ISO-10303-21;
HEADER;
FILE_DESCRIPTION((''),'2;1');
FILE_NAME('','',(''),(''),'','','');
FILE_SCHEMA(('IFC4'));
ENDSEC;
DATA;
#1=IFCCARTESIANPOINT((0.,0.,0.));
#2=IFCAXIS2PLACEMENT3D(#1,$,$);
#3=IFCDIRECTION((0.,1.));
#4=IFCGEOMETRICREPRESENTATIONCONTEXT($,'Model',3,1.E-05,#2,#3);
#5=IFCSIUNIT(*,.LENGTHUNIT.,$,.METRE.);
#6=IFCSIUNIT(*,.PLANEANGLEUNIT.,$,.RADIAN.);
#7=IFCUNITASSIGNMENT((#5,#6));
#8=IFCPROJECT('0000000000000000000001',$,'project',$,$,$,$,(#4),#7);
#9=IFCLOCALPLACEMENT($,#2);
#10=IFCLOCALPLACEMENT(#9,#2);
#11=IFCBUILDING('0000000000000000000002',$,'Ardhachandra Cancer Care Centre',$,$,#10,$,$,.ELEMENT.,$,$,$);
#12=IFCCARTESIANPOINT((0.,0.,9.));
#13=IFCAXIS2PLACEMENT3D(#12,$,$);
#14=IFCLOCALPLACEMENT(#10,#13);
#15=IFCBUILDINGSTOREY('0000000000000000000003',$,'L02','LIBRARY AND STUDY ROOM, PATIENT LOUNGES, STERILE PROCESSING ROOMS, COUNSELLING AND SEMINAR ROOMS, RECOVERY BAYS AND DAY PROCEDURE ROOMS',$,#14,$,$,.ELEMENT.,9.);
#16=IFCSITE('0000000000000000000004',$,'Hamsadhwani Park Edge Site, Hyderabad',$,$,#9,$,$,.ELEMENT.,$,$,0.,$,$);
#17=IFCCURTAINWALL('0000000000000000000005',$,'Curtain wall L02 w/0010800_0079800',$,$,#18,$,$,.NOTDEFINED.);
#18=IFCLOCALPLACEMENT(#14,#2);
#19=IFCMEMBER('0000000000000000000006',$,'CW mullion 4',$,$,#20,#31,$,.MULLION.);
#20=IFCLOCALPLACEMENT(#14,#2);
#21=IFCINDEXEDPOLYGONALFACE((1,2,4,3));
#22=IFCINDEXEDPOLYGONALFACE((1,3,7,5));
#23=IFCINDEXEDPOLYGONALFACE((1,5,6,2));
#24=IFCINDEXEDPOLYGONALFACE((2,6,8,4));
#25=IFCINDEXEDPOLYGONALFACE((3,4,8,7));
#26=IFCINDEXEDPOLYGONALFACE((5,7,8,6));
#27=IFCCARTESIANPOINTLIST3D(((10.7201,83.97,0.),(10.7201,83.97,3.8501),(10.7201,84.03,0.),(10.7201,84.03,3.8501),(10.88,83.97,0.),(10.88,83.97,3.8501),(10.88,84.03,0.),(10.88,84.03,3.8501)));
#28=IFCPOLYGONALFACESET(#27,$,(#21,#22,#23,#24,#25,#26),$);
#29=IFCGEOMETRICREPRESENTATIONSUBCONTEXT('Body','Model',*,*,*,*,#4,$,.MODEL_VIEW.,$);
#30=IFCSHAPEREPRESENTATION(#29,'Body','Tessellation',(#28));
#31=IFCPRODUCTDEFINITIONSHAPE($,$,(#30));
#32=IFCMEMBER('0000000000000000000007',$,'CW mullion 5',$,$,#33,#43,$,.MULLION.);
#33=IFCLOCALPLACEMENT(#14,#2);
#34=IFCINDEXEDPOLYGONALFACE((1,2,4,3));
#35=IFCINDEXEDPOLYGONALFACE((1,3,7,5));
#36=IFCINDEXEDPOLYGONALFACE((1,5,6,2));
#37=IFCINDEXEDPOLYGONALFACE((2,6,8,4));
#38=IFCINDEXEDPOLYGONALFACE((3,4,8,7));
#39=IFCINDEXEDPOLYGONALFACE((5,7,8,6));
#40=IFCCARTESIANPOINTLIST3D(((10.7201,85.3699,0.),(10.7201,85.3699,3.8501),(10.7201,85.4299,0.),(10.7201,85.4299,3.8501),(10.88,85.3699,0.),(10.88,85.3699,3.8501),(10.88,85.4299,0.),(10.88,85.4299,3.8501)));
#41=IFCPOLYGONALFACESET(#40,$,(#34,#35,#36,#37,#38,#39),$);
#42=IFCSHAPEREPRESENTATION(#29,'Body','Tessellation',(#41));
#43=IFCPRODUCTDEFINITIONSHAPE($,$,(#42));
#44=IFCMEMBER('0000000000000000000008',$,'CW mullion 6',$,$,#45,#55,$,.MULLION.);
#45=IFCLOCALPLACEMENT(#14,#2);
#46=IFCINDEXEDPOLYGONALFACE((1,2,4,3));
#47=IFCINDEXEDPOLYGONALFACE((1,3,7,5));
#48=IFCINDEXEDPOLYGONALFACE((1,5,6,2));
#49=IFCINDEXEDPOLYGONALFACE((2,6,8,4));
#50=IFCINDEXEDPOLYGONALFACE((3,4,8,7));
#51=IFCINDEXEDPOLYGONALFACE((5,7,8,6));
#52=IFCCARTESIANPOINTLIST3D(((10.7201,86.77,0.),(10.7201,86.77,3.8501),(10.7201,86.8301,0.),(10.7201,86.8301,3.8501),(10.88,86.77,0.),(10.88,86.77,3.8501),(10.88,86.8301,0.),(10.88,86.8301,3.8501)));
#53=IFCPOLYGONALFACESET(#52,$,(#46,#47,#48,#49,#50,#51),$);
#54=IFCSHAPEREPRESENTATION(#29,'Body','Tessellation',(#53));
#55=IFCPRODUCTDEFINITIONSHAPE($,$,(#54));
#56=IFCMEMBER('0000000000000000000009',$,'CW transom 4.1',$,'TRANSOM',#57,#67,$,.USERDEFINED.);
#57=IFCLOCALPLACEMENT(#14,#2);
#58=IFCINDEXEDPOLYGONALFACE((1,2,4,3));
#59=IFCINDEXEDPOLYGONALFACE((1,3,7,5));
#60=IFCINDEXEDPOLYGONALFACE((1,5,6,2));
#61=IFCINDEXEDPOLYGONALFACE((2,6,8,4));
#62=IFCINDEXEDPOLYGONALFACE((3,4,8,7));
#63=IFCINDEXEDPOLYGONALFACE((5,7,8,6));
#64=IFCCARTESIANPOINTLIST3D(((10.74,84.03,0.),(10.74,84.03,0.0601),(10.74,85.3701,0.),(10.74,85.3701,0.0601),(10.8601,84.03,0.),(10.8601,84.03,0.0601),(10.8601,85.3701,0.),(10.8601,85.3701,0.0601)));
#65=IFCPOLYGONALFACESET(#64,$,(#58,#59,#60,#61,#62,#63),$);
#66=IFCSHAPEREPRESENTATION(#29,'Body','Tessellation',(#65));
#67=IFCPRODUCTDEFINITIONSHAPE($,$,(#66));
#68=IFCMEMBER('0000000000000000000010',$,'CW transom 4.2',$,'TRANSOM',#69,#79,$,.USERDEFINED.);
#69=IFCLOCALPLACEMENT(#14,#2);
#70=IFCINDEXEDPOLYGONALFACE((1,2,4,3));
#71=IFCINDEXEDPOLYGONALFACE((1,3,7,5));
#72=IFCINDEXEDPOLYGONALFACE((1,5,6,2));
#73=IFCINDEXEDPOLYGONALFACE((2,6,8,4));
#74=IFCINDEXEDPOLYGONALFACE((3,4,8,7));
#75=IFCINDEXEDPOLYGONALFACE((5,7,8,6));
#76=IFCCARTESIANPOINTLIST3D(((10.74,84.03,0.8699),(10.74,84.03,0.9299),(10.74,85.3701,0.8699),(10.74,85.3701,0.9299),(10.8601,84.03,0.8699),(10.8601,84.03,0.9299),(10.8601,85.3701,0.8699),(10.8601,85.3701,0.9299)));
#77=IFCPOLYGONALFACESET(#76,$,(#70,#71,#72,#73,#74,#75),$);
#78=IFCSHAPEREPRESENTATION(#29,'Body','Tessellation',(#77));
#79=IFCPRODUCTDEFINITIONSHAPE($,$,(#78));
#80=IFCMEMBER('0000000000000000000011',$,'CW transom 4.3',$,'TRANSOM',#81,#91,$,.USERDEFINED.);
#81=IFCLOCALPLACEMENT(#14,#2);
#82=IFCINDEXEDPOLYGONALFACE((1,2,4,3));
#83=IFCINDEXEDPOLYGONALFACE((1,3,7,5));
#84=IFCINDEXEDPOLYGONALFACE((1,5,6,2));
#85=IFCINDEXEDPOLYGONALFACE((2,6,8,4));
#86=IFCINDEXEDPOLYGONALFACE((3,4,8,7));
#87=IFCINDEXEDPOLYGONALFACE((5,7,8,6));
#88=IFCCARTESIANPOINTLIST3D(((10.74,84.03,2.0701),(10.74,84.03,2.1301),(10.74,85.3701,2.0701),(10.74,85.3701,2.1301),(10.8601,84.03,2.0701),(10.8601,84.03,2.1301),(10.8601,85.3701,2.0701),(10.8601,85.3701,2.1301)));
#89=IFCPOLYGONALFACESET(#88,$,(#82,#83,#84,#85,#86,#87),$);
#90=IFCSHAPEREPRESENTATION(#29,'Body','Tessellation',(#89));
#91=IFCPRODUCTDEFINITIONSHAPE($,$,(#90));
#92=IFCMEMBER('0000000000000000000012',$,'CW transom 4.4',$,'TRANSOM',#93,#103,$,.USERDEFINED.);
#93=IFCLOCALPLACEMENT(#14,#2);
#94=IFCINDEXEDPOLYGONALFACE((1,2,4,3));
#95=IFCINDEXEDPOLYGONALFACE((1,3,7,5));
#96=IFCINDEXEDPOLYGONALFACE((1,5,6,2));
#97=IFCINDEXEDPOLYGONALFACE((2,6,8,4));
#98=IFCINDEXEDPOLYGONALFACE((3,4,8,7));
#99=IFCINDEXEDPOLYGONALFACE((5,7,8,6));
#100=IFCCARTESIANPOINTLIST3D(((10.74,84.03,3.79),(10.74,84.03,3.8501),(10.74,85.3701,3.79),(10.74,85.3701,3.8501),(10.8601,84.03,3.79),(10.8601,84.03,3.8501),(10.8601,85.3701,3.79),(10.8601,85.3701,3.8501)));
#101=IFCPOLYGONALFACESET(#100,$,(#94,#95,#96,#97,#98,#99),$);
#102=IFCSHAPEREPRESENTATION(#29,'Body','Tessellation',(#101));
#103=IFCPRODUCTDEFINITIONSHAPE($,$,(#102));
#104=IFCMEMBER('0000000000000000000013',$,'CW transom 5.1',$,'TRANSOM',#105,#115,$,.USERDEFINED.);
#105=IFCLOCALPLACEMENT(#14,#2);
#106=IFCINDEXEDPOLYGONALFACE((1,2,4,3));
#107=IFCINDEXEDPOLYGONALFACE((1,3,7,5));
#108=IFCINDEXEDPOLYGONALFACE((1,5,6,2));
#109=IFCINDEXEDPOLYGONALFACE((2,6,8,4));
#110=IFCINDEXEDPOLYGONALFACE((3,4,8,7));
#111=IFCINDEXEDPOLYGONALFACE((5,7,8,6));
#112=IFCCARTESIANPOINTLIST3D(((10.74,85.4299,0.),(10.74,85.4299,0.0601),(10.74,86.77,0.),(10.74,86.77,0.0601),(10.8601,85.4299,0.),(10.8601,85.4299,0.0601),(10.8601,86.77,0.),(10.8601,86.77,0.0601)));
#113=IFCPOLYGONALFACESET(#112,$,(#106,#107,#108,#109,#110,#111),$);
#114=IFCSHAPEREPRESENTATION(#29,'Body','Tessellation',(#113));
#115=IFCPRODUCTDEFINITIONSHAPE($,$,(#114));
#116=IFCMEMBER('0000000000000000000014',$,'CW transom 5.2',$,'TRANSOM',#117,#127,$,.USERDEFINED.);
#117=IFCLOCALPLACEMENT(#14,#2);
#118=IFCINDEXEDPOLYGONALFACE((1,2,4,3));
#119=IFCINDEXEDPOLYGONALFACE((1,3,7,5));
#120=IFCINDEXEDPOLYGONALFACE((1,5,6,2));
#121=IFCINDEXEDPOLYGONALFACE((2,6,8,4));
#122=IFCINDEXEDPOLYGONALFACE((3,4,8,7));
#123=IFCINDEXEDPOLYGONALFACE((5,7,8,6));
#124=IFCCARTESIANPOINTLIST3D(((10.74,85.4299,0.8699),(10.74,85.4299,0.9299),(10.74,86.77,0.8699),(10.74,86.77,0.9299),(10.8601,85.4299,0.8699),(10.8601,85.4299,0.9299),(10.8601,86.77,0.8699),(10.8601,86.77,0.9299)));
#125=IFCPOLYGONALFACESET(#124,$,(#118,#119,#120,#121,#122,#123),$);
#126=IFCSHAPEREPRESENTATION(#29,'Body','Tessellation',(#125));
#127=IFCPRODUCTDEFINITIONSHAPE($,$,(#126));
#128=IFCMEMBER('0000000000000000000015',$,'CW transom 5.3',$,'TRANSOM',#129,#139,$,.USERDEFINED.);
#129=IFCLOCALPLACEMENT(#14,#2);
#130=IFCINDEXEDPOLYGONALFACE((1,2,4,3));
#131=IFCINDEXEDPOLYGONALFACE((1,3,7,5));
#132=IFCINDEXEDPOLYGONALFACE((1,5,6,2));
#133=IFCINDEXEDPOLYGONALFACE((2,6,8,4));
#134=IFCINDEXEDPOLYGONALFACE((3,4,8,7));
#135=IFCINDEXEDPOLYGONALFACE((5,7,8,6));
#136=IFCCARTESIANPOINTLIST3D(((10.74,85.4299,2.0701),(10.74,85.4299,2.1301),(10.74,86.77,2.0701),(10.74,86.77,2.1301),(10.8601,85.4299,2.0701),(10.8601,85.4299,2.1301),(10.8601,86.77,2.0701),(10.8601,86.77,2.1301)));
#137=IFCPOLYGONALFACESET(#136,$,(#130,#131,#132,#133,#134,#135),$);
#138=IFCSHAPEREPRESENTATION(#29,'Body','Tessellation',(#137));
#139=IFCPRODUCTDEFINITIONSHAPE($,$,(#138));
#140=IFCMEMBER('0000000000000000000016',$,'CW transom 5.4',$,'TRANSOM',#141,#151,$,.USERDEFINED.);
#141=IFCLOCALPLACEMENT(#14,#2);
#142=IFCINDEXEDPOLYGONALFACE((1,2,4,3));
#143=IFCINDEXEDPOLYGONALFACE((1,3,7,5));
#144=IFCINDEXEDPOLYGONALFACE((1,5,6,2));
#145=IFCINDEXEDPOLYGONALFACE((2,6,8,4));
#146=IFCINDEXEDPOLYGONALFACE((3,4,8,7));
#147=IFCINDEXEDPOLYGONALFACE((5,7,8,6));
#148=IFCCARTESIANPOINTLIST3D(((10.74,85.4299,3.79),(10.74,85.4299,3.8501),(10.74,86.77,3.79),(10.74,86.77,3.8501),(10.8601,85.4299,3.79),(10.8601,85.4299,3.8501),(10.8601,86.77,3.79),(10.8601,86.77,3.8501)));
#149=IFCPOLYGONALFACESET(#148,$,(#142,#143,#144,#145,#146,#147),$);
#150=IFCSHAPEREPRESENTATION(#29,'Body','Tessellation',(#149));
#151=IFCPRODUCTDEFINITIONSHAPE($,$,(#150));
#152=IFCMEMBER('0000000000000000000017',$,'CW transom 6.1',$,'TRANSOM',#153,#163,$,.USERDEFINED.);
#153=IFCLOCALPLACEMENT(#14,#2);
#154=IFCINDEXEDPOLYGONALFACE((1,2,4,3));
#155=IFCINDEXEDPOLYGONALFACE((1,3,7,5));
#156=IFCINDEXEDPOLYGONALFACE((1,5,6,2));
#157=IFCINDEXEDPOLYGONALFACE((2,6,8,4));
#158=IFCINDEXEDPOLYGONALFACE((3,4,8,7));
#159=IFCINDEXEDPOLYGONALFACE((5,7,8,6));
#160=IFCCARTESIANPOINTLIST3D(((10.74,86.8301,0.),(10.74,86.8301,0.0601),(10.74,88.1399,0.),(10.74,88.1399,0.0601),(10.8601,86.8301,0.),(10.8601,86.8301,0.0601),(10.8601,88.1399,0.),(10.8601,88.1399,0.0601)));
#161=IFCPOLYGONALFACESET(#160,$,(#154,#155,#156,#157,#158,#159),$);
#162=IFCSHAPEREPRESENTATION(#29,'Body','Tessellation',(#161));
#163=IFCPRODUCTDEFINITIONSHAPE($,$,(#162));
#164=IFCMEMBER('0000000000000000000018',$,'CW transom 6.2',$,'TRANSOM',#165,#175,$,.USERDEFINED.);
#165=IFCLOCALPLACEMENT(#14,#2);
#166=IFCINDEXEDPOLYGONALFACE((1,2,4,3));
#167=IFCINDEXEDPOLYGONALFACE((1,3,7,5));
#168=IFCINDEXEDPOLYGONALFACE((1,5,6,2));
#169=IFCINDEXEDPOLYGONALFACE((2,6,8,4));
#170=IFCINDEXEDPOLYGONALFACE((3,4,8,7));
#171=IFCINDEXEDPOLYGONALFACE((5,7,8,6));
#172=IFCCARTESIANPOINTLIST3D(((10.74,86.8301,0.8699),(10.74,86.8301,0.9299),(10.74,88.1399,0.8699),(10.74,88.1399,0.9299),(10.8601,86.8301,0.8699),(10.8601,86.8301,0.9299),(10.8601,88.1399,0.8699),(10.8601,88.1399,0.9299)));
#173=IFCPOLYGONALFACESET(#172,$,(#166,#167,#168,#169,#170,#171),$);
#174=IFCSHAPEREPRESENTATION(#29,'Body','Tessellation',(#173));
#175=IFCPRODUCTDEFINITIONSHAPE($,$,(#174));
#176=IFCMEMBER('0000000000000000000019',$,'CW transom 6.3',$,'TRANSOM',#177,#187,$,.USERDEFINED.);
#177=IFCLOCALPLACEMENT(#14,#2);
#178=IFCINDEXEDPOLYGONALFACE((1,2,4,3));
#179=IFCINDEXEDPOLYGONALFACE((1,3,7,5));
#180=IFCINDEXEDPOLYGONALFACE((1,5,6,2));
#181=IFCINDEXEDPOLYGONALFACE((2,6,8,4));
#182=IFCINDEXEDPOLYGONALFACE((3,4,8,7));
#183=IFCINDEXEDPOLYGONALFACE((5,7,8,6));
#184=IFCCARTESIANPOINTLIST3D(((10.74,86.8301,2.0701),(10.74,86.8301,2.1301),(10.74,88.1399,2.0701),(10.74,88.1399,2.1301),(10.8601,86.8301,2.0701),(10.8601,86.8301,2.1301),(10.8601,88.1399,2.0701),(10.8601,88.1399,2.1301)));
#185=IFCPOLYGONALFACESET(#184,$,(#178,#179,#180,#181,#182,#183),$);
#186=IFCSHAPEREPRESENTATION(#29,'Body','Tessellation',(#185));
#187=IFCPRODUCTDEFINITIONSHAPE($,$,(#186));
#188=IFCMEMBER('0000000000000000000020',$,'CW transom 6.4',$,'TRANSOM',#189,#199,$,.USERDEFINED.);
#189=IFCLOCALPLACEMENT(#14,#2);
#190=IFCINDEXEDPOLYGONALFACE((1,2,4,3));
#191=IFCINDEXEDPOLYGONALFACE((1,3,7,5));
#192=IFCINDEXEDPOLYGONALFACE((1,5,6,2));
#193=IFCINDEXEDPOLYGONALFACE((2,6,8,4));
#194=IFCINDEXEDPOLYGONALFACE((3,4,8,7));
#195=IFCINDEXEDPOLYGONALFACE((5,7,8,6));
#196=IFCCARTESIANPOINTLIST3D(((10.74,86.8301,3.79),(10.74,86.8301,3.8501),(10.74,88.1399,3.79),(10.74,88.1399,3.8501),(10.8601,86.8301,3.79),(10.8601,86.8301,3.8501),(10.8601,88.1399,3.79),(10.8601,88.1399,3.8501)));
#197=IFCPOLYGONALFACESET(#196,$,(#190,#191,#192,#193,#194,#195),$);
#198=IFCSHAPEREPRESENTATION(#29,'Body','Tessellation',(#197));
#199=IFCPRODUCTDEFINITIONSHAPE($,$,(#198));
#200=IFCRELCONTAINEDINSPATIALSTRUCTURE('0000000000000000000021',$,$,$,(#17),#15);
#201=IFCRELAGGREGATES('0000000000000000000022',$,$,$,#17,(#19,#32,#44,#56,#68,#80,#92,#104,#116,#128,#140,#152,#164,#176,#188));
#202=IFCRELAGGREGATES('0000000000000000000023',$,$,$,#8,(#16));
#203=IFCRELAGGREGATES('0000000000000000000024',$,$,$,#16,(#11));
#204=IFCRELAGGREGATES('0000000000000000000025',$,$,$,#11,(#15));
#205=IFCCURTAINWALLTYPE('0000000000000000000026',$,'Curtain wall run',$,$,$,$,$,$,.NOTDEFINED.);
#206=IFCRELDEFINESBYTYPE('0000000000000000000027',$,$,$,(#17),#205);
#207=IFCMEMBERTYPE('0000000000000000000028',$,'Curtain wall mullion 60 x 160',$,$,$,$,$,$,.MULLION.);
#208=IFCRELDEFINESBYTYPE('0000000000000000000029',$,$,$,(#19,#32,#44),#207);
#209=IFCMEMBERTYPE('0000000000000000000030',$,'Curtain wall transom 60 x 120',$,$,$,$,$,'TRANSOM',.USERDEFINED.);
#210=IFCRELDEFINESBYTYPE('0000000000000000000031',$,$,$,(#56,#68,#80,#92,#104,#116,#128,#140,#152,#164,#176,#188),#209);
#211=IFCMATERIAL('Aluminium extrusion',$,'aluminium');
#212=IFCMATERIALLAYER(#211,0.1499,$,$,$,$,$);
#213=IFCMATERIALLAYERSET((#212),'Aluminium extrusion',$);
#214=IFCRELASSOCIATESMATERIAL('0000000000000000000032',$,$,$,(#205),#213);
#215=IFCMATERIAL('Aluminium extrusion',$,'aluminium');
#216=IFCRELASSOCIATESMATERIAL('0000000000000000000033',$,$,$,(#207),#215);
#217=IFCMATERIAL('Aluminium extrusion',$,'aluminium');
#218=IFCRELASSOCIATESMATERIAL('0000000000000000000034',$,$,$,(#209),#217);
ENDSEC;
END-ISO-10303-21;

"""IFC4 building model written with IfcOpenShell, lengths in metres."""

from ifc_helpers import new_model, si_unit, direction, frame, origin, origin_2d, place, context, subcontext, project, spatial, rectangle, extrude, material, layer, layer_set, material_profile, profile_set, type_object, element, aggregate, save


model = new_model("IFC4")

# Units and contexts
model_context = context("Model", 3, precision=1e-05, world=origin(), true_north=direction((0.0, 1.0)))
body_context = subcontext(model_context, "Body", "Model", "MODEL_VIEW")
ifc_project = project(units=[si_unit("LENGTHUNIT", "METRE"), si_unit("PLANEANGLEUNIT", "RADIAN")], contexts=[model_context])

# Site, building, storey
site_placement = place(None, origin())
site = spatial("IfcSite", under=ifc_project, at=site_placement, Name="Hamsadhwani Park Edge Site, Hyderabad", CompositionType="ELEMENT", RefElevation=0.0)
building_placement = place(site_placement, origin())
building = spatial("IfcBuilding", under=site, at=building_placement, Name="Ardhachandra Cancer Care Centre", CompositionType="ELEMENT")
storey_placement = place(building_placement, frame((0.0, 0.0, 9.0)))
storey = spatial("IfcBuildingStorey", under=building, at=storey_placement, Name="L02", Description="LIBRARY AND STUDY ROOM, PATIENT LOUNGES, STERILE PROCESSING ROOMS, COUNSELLING AND SEMINAR ROOMS, RECOVERY BAYS AND DAY PROCEDURE ROOMS", CompositionType="ELEMENT", Elevation=9.0)

# Curtain wall, members
ifc_material_1 = material(Name="Aluminium extrusion", Category="aluminium")
ifc_layer_1 = layer(ifc_material_1, 0.1499)
ifc_layer_set_1 = layer_set([ifc_layer_1], Name="Aluminium extrusion")
curtain_wall_type = type_object("IfcCurtainWallType", Name="Curtain wall run", PredefinedType="NOTDEFINED", material=ifc_layer_set_1)
curtain_wall_placement = place(storey_placement, origin())
curtain_wall = element("IfcCurtainWall", 1, at=curtain_wall_placement, inside=storey, type_object=curtain_wall_type, Name="Curtain wall L02 w/0010800_0079800", PredefinedType="NOTDEFINED")
ifc_material_2 = material(Name="Aluminium extrusion", Category="aluminium")
ifc_material_profile_1 = material_profile(ifc_material_2, rectangle(XDim=0.1599, YDim=0.0601, at=origin_2d()), Name="Curtain wall mullion 60 x 160")
ifc_profile_set_1 = profile_set([ifc_material_profile_1], Name="Aluminium extrusion")
member_type_1 = type_object("IfcMemberType", Name="Curtain wall mullion 60 x 160", PredefinedType="MULLION", material=ifc_profile_set_1)
member_1_placement = place(storey_placement, frame((10.8, 84.0, 0.0), z_axis=(0.0, 0.0, 1.0), x_axis=(-1.0, 0.0, 0.0)))
member_1 = element("IfcMember", 2, at=member_1_placement, type_object=member_type_1, Name="CW mullion 4", PredefinedType="MULLION", context=body_context, shape_type="SweptSolid", body=[
    extrude(rectangle(XDim=0.1599, YDim=0.0601, at=origin_2d()), origin(), (0.0, 0.0, 1.0), 3.8501),
])
member_2_placement = place(storey_placement, frame((10.8, 85.3999, 0.0), z_axis=(0.0, 0.0, 1.0), x_axis=(-1.0, 0.0, 0.0)))
member_2 = element("IfcMember", 3, at=member_2_placement, type_object=member_type_1, Name="CW mullion 5", PredefinedType="MULLION", context=body_context, shape_type="SweptSolid", body=[
    extrude(rectangle(XDim=0.1599, YDim=0.0601, at=origin_2d()), origin(), (0.0, 0.0, 1.0), 3.8501),
])
member_3_placement = place(storey_placement, frame((10.8, 86.8, 0.0), z_axis=(0.0, 0.0, 1.0), x_axis=(-1.0, 0.0, 0.0)))
member_3 = element("IfcMember", 4, at=member_3_placement, type_object=member_type_1, Name="CW mullion 6", PredefinedType="MULLION", context=body_context, shape_type="SweptSolid", body=[
    extrude(rectangle(XDim=0.1599, YDim=0.0601, at=origin_2d()), origin(), (0.0, 0.0, 1.0), 3.8501),
])
ifc_material_3 = material(Name="Aluminium extrusion", Category="aluminium")
ifc_material_profile_2 = material_profile(ifc_material_3, rectangle(XDim=0.1201, YDim=0.0601, at=origin_2d()), Name="Curtain wall transom 60 x 120")
ifc_profile_set_2 = profile_set([ifc_material_profile_2], Name="Aluminium extrusion")
member_type_2 = type_object("IfcMemberType", Name="Curtain wall transom 60 x 120", ElementType="TRANSOM", PredefinedType="USERDEFINED", material=ifc_profile_set_2)
member_4_placement = place(storey_placement, frame((10.8, 84.03, 0.03), z_axis=(0.0, 1.0, 0.0), x_axis=(-1.0, 0.0, 0.0)))
member_4 = element("IfcMember", 5, at=member_4_placement, type_object=member_type_2, Name="CW transom 4.1", ObjectType="TRANSOM", PredefinedType="USERDEFINED", context=body_context, shape_type="SweptSolid", body=[
    extrude(rectangle(XDim=0.1201, YDim=0.0601, at=origin_2d()), origin(), (0.0, 0.0, 1.0), 1.3401),
])
member_5_placement = place(storey_placement, frame((10.8, 84.03, 0.8999), z_axis=(0.0, 1.0, 0.0), x_axis=(-1.0, 0.0, 0.0)))
member_5 = element("IfcMember", 6, at=member_5_placement, type_object=member_type_2, Name="CW transom 4.2", ObjectType="TRANSOM", PredefinedType="USERDEFINED", context=body_context, shape_type="SweptSolid", body=[
    extrude(rectangle(XDim=0.1201, YDim=0.0601, at=origin_2d()), origin(), (0.0, 0.0, 1.0), 1.3401),
])
member_6_placement = place(storey_placement, frame((10.8, 84.03, 2.1001), z_axis=(0.0, 1.0, 0.0), x_axis=(-1.0, 0.0, 0.0)))
member_6 = element("IfcMember", 7, at=member_6_placement, type_object=member_type_2, Name="CW transom 4.3", ObjectType="TRANSOM", PredefinedType="USERDEFINED", context=body_context, shape_type="SweptSolid", body=[
    extrude(rectangle(XDim=0.1201, YDim=0.0601, at=origin_2d()), origin(), (0.0, 0.0, 1.0), 1.3401),
])
member_7_placement = place(storey_placement, frame((10.8, 84.03, 3.8201), z_axis=(0.0, 1.0, 0.0), x_axis=(-1.0, 0.0, 0.0)))
member_7 = element("IfcMember", 8, at=member_7_placement, type_object=member_type_2, Name="CW transom 4.4", ObjectType="TRANSOM", PredefinedType="USERDEFINED", context=body_context, shape_type="SweptSolid", body=[
    extrude(rectangle(XDim=0.1201, YDim=0.0601, at=origin_2d()), origin(), (0.0, 0.0, 1.0), 1.3401),
])
member_8_placement = place(storey_placement, frame((10.8, 85.4299, 0.03), z_axis=(0.0, 1.0, 0.0), x_axis=(-1.0, 0.0, 0.0)))
member_8 = element("IfcMember", 9, at=member_8_placement, type_object=member_type_2, Name="CW transom 5.1", ObjectType="TRANSOM", PredefinedType="USERDEFINED", context=body_context, shape_type="SweptSolid", body=[
    extrude(rectangle(XDim=0.1201, YDim=0.0601, at=origin_2d()), origin(), (0.0, 0.0, 1.0), 1.3401),
])
member_9_placement = place(storey_placement, frame((10.8, 85.4299, 0.8999), z_axis=(0.0, 1.0, 0.0), x_axis=(-1.0, 0.0, 0.0)))
member_9 = element("IfcMember", 10, at=member_9_placement, type_object=member_type_2, Name="CW transom 5.2", ObjectType="TRANSOM", PredefinedType="USERDEFINED", context=body_context, shape_type="SweptSolid", body=[
    extrude(rectangle(XDim=0.1201, YDim=0.0601, at=origin_2d()), origin(), (0.0, 0.0, 1.0), 1.3401),
])
member_10_placement = place(storey_placement, frame((10.8, 85.4299, 2.1001), z_axis=(0.0, 1.0, 0.0), x_axis=(-1.0, 0.0, 0.0)))
member_10 = element("IfcMember", 11, at=member_10_placement, type_object=member_type_2, Name="CW transom 5.3", ObjectType="TRANSOM", PredefinedType="USERDEFINED", context=body_context, shape_type="SweptSolid", body=[
    extrude(rectangle(XDim=0.1201, YDim=0.0601, at=origin_2d()), origin(), (0.0, 0.0, 1.0), 1.3401),
])
member_11_placement = place(storey_placement, frame((10.8, 85.4299, 3.8201), z_axis=(0.0, 1.0, 0.0), x_axis=(-1.0, 0.0, 0.0)))
member_11 = element("IfcMember", 12, at=member_11_placement, type_object=member_type_2, Name="CW transom 5.4", ObjectType="TRANSOM", PredefinedType="USERDEFINED", context=body_context, shape_type="SweptSolid", body=[
    extrude(rectangle(XDim=0.1201, YDim=0.0601, at=origin_2d()), origin(), (0.0, 0.0, 1.0), 1.3401),
])
member_12_placement = place(storey_placement, frame((10.8, 86.8301, 0.03), z_axis=(0.0, 1.0, 0.0), x_axis=(-1.0, 0.0, 0.0)))
member_12 = element("IfcMember", 13, at=member_12_placement, type_object=member_type_2, Name="CW transom 6.1", ObjectType="TRANSOM", PredefinedType="USERDEFINED", context=body_context, shape_type="SweptSolid", body=[
    extrude(rectangle(XDim=0.1201, YDim=0.0601, at=origin_2d()), origin(), (0.0, 0.0, 1.0), 1.3098),
])
member_13_placement = place(storey_placement, frame((10.8, 86.8301, 0.8999), z_axis=(0.0, 1.0, 0.0), x_axis=(-1.0, 0.0, 0.0)))
member_13 = element("IfcMember", 14, at=member_13_placement, type_object=member_type_2, Name="CW transom 6.2", ObjectType="TRANSOM", PredefinedType="USERDEFINED", context=body_context, shape_type="SweptSolid", body=[
    extrude(rectangle(XDim=0.1201, YDim=0.0601, at=origin_2d()), origin(), (0.0, 0.0, 1.0), 1.3098),
])
member_14_placement = place(storey_placement, frame((10.8, 86.8301, 2.1001), z_axis=(0.0, 1.0, 0.0), x_axis=(-1.0, 0.0, 0.0)))
member_14 = element("IfcMember", 15, at=member_14_placement, type_object=member_type_2, Name="CW transom 6.3", ObjectType="TRANSOM", PredefinedType="USERDEFINED", context=body_context, shape_type="SweptSolid", body=[
    extrude(rectangle(XDim=0.1201, YDim=0.0601, at=origin_2d()), origin(), (0.0, 0.0, 1.0), 1.3098),
])
member_15_placement = place(storey_placement, frame((10.8, 86.8301, 3.8201), z_axis=(0.0, 1.0, 0.0), x_axis=(-1.0, 0.0, 0.0)))
member_15 = element("IfcMember", 16, at=member_15_placement, type_object=member_type_2, Name="CW transom 6.4", ObjectType="TRANSOM", PredefinedType="USERDEFINED", context=body_context, shape_type="SweptSolid", body=[
    extrude(rectangle(XDim=0.1201, YDim=0.0601, at=origin_2d()), origin(), (0.0, 0.0, 1.0), 1.3098),
])
aggregate(curtain_wall, [member_1, member_2, member_3, member_4, member_5, member_6, member_7, member_8, member_9, member_10, member_11, member_12, member_13, member_14, member_15])

save(model, "model.ifc")
